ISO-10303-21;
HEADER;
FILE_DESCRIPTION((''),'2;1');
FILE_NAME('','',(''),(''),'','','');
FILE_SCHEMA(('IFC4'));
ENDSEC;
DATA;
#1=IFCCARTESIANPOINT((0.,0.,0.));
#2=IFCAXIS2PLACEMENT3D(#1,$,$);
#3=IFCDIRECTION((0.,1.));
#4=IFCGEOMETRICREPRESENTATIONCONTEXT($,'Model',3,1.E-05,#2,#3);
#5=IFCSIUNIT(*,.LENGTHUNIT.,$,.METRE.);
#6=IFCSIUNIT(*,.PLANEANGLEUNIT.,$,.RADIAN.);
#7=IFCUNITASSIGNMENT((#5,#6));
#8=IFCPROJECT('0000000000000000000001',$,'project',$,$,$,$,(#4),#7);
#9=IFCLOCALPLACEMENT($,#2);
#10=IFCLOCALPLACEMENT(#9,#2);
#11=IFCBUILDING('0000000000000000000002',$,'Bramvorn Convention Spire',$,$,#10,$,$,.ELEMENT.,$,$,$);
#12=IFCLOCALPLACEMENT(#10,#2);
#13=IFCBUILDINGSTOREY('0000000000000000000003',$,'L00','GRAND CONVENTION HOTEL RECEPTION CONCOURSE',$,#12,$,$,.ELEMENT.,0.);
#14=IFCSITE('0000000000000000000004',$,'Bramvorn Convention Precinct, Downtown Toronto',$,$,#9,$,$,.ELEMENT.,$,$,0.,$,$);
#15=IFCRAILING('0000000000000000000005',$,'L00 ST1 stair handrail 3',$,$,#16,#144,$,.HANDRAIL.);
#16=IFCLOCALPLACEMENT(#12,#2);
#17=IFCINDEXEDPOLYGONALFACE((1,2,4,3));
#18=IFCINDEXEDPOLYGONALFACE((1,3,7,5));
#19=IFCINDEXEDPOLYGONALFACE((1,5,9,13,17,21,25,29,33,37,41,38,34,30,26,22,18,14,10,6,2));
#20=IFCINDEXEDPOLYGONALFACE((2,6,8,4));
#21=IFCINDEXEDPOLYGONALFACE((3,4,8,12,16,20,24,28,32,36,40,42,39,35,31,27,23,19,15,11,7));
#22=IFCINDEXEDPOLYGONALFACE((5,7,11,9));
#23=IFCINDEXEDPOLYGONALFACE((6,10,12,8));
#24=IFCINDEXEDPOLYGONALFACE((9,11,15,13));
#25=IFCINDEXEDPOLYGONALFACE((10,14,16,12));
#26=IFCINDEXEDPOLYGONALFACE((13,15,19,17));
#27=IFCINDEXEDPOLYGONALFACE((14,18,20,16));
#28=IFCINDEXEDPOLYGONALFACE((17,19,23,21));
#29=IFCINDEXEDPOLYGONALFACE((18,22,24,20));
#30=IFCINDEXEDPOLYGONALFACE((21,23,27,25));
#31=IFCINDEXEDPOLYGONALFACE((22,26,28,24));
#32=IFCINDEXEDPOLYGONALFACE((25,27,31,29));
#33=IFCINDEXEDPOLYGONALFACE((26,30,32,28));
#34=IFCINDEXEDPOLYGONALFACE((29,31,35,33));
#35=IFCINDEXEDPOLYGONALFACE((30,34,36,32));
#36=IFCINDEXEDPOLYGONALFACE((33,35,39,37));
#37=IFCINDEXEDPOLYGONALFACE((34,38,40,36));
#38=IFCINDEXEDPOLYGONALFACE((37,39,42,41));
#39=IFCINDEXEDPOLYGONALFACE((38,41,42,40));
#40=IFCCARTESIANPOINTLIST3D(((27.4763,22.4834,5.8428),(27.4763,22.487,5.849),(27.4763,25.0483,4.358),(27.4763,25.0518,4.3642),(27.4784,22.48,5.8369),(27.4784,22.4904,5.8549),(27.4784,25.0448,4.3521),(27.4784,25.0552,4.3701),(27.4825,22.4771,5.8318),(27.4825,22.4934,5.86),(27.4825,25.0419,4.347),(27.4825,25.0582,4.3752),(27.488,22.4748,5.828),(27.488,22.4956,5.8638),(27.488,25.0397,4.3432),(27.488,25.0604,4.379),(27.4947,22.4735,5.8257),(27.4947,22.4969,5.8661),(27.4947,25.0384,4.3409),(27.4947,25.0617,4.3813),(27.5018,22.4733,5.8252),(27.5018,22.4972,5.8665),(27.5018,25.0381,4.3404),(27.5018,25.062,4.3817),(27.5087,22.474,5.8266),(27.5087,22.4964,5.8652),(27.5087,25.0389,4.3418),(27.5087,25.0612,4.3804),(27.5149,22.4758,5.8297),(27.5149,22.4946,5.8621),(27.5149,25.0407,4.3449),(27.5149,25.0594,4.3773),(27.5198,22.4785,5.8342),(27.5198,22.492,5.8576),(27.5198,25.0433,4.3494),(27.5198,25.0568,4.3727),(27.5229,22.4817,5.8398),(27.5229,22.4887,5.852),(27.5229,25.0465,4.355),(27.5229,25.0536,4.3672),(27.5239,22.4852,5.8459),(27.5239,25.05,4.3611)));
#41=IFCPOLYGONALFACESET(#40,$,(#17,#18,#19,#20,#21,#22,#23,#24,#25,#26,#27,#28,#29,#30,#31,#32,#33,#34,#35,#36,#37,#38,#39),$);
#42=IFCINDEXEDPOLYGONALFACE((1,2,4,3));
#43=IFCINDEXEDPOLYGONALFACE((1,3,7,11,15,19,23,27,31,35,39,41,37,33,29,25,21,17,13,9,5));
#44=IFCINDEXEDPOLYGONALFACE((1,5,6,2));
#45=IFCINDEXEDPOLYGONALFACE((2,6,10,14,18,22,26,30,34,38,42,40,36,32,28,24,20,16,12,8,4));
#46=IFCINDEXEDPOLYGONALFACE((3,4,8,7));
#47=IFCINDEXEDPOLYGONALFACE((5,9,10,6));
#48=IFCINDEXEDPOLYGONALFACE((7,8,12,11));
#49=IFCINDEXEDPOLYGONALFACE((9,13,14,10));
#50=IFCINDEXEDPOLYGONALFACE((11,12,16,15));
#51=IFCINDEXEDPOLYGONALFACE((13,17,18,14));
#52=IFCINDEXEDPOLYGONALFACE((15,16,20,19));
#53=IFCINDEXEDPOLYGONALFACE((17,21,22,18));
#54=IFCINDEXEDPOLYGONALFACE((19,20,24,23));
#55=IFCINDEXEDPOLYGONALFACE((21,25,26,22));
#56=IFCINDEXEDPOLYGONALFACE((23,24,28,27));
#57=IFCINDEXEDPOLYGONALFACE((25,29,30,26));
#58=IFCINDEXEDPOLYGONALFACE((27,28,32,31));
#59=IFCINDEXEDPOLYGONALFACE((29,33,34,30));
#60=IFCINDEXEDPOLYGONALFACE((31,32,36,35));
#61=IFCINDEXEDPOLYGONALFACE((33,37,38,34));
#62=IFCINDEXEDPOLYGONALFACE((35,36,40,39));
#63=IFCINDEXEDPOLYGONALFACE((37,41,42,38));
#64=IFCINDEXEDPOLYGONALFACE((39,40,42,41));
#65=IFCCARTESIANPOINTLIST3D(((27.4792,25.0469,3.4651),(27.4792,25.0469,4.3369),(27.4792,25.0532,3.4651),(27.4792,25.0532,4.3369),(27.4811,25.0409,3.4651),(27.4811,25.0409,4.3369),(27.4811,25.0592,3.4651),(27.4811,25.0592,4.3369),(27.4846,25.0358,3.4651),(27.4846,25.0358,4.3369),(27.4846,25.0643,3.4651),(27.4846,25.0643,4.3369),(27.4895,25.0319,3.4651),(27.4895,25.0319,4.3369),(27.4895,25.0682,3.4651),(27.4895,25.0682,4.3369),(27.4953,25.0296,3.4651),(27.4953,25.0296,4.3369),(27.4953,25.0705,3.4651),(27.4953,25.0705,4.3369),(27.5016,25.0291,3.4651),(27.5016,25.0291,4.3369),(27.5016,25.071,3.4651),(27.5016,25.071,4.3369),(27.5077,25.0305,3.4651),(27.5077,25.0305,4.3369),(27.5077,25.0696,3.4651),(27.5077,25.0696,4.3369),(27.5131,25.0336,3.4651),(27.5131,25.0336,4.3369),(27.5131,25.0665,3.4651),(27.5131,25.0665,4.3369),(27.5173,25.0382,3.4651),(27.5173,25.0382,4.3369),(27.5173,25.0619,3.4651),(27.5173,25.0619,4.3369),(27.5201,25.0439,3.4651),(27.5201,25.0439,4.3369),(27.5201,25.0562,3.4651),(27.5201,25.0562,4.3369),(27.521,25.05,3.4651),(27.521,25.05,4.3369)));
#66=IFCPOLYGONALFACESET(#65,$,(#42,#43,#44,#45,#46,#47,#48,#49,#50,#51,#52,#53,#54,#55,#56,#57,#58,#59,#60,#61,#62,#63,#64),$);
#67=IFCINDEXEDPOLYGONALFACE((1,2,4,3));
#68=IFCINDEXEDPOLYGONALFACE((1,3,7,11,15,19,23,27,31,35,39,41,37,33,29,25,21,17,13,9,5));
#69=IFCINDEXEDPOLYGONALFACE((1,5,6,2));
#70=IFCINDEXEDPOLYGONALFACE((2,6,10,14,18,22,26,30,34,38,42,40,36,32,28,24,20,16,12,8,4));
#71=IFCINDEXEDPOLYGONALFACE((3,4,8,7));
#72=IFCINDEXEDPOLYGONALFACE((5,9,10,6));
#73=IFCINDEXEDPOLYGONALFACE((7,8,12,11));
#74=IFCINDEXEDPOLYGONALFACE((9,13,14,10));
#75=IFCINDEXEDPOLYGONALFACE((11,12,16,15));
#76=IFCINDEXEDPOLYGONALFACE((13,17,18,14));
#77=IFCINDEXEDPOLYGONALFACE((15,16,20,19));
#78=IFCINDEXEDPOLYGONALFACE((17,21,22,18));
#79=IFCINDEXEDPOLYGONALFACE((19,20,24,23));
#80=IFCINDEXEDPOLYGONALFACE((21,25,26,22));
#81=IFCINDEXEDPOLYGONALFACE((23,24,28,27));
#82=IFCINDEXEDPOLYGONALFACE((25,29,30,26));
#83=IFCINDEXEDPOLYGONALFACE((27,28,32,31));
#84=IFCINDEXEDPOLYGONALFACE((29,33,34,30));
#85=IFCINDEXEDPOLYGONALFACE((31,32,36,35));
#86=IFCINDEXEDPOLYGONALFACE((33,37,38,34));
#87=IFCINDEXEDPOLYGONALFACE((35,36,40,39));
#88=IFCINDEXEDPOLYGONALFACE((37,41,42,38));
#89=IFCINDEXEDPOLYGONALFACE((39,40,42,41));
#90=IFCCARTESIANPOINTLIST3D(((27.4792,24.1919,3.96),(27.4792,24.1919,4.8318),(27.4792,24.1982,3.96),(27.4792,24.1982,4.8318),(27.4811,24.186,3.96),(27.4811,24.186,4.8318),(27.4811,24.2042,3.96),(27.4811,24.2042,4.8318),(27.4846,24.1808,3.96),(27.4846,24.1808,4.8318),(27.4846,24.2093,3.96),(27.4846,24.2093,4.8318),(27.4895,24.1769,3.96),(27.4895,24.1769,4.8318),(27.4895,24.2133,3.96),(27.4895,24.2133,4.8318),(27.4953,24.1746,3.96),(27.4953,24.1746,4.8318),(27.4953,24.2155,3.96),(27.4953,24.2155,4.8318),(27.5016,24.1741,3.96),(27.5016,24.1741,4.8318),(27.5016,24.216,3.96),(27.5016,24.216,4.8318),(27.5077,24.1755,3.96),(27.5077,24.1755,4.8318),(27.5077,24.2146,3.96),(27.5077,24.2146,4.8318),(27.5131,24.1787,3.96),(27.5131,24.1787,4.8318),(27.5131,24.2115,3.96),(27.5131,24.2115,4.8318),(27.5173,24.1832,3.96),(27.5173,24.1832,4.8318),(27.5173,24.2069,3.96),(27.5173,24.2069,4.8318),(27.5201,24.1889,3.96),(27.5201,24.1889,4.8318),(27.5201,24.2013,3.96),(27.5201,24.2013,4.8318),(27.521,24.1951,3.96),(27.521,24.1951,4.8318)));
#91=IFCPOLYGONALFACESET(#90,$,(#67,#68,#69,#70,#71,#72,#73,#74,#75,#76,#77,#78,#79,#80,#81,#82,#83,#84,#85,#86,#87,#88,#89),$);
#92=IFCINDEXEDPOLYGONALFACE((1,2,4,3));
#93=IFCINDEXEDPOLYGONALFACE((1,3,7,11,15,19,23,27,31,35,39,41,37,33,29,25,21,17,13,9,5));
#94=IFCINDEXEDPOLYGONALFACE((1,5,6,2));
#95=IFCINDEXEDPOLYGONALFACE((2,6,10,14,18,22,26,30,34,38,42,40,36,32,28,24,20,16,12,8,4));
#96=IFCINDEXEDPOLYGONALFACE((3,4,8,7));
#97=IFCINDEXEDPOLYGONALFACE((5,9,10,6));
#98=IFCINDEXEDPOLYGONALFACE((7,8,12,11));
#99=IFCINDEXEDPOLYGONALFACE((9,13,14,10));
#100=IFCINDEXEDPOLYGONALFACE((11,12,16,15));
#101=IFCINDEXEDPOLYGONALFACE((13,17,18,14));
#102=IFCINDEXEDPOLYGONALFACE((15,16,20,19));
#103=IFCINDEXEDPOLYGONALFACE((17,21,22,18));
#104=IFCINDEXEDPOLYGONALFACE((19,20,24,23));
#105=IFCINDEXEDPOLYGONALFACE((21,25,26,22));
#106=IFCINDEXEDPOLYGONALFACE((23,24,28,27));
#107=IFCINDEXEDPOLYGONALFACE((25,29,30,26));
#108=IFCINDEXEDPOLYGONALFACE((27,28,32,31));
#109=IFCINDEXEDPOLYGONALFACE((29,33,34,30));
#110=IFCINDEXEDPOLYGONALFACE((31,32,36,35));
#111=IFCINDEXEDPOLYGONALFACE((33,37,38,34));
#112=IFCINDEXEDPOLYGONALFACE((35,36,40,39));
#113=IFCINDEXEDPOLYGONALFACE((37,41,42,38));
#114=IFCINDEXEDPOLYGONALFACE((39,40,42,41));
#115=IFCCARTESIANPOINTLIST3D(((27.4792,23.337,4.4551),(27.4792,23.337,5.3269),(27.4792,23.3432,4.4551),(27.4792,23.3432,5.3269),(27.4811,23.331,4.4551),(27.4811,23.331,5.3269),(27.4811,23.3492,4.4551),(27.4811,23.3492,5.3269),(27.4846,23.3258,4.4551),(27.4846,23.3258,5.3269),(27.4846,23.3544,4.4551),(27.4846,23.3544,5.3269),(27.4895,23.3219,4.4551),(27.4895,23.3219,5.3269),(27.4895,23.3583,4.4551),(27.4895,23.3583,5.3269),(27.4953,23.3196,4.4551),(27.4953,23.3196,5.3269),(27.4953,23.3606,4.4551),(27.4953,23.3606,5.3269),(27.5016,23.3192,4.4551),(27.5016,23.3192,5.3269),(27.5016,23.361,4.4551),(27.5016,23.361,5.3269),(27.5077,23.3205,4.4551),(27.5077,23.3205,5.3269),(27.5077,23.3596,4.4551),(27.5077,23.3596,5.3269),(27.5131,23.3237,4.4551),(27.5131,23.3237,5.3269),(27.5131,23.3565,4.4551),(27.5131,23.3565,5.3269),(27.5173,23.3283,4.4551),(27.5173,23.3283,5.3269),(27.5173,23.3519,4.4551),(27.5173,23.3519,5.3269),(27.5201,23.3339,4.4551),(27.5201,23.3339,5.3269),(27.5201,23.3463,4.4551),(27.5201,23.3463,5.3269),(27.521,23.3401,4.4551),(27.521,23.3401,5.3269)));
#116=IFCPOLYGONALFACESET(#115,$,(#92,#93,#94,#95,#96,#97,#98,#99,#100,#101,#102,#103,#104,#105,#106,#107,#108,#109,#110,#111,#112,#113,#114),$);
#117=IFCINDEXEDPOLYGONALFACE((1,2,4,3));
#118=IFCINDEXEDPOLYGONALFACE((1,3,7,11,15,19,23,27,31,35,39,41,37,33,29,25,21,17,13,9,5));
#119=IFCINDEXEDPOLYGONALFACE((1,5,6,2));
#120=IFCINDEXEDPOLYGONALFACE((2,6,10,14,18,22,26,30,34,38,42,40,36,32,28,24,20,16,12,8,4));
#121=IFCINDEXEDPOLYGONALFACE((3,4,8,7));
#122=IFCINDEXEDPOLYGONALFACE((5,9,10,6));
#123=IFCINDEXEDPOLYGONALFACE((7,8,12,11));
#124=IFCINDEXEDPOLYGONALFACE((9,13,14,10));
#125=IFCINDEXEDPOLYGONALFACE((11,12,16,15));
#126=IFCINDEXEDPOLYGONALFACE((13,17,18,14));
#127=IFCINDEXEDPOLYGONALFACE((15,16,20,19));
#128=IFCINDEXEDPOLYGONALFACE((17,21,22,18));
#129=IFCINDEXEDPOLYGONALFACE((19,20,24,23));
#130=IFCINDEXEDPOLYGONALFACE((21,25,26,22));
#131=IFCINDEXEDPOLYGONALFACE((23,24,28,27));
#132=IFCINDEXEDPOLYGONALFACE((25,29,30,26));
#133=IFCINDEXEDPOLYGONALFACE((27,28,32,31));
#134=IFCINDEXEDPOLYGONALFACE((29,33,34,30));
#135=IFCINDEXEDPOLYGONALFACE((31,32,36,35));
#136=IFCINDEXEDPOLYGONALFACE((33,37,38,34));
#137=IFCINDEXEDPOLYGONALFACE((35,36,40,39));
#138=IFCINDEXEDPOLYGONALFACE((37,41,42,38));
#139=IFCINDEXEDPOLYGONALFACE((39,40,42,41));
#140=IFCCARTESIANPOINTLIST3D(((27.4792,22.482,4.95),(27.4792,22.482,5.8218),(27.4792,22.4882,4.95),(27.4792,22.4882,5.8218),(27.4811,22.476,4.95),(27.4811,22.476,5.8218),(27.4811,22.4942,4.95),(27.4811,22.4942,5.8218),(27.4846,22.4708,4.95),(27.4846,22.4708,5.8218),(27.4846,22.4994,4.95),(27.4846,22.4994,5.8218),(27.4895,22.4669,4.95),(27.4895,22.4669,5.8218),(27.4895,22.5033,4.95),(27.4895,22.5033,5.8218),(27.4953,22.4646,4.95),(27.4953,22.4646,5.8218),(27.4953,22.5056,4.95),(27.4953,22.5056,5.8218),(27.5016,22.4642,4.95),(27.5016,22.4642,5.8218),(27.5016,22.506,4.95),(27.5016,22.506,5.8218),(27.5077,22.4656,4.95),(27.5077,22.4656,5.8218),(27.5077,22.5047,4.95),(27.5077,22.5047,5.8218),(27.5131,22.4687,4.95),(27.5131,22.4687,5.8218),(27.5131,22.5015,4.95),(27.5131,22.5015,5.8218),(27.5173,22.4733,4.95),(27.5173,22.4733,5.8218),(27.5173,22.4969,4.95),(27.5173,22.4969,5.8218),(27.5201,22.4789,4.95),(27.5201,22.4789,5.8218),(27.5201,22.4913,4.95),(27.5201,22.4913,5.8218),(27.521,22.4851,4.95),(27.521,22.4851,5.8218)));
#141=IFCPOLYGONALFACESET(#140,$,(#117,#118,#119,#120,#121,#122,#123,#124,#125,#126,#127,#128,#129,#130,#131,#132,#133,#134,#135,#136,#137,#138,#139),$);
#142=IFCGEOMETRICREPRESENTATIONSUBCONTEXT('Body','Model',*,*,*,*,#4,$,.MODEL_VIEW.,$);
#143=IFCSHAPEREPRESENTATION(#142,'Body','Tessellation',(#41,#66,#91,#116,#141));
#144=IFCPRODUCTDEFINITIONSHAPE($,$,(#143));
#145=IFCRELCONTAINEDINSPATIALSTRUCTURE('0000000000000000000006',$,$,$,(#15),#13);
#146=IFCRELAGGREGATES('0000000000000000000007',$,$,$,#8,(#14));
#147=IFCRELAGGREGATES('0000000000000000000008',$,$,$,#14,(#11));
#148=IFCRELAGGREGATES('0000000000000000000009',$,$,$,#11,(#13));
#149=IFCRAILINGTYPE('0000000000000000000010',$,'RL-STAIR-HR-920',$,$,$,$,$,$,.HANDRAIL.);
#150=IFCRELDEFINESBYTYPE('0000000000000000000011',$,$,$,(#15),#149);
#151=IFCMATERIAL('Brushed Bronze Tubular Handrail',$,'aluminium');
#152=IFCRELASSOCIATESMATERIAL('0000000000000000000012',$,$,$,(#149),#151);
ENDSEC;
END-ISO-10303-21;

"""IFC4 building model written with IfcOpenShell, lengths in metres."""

from ifc_helpers import new_model, si_unit, direction, frame, origin, origin_2d, place, context, subcontext, project, spatial, circle, extrude, material, type_object, element, save


model = new_model("IFC4")

# Units and contexts
model_context = context("Model", 3, precision=1e-05, world=origin(), true_north=direction((0.0, 1.0)))
body_context = subcontext(model_context, "Body", "Model", "MODEL_VIEW")
ifc_project = project(units=[si_unit("LENGTHUNIT", "METRE"), si_unit("PLANEANGLEUNIT", "RADIAN")], contexts=[model_context])

# Site, building, storey
site_placement = place(None, origin())
site = spatial("IfcSite", under=ifc_project, at=site_placement, Name="Bramvorn Convention Precinct, Downtown Toronto", CompositionType="ELEMENT", RefElevation=0.0)
building_placement = place(site_placement, origin())
building = spatial("IfcBuilding", under=site, at=building_placement, Name="Bramvorn Convention Spire", CompositionType="ELEMENT")
storey_placement = place(building_placement, origin())
storey = spatial("IfcBuildingStorey", under=building, at=storey_placement, Name="L00", Description="GRAND CONVENTION HOTEL RECEPTION CONCOURSE", CompositionType="ELEMENT", Elevation=0.0)

# Railing
ifc_material_1 = material(Name="Brushed Bronze Tubular Handrail", Category="aluminium")
railing_type_1 = type_object("IfcRailingType", Name="RL-STAIR-HR-920", PredefinedType="HANDRAIL", material=ifc_material_1)
railing_1_placement = place(storey_placement, frame((27.5, 25.05, 3.4651)))
element("IfcRailing", 1, at=railing_1_placement, inside=storey, type_object=railing_type_1, Name="L00 ST1 stair handrail 3", PredefinedType="HANDRAIL", context=body_context, shape_type="SweptSolid", body=[
    extrude(circle(Radius=0.0239, at=origin_2d()), frame((0.0, 0.0, 0.896), z_axis=(0.0, -0.865441, 0.50101), x_axis=(1.0, 0.0, 0.0)), (0.0, 0.0, 1.0), 2.9636),
    extrude(circle(Radius=0.021, at=origin_2d()), origin(), (0.0, 0.0, 1.0), 0.8718),
    extrude(circle(Radius=0.021, at=origin_2d()), frame((0.0, -0.855, 0.4949)), (0.0, 0.0, 1.0), 0.8718),
    extrude(circle(Radius=0.021, at=origin_2d()), frame((0.0, -1.71, 0.99)), (0.0, 0.0, 1.0), 0.8718),
    extrude(circle(Radius=0.021, at=origin_2d()), frame((0.0, -2.5649, 1.4849)), (0.0, 0.0, 1.0), 0.8718),
])

save(model, "model.ifc")
